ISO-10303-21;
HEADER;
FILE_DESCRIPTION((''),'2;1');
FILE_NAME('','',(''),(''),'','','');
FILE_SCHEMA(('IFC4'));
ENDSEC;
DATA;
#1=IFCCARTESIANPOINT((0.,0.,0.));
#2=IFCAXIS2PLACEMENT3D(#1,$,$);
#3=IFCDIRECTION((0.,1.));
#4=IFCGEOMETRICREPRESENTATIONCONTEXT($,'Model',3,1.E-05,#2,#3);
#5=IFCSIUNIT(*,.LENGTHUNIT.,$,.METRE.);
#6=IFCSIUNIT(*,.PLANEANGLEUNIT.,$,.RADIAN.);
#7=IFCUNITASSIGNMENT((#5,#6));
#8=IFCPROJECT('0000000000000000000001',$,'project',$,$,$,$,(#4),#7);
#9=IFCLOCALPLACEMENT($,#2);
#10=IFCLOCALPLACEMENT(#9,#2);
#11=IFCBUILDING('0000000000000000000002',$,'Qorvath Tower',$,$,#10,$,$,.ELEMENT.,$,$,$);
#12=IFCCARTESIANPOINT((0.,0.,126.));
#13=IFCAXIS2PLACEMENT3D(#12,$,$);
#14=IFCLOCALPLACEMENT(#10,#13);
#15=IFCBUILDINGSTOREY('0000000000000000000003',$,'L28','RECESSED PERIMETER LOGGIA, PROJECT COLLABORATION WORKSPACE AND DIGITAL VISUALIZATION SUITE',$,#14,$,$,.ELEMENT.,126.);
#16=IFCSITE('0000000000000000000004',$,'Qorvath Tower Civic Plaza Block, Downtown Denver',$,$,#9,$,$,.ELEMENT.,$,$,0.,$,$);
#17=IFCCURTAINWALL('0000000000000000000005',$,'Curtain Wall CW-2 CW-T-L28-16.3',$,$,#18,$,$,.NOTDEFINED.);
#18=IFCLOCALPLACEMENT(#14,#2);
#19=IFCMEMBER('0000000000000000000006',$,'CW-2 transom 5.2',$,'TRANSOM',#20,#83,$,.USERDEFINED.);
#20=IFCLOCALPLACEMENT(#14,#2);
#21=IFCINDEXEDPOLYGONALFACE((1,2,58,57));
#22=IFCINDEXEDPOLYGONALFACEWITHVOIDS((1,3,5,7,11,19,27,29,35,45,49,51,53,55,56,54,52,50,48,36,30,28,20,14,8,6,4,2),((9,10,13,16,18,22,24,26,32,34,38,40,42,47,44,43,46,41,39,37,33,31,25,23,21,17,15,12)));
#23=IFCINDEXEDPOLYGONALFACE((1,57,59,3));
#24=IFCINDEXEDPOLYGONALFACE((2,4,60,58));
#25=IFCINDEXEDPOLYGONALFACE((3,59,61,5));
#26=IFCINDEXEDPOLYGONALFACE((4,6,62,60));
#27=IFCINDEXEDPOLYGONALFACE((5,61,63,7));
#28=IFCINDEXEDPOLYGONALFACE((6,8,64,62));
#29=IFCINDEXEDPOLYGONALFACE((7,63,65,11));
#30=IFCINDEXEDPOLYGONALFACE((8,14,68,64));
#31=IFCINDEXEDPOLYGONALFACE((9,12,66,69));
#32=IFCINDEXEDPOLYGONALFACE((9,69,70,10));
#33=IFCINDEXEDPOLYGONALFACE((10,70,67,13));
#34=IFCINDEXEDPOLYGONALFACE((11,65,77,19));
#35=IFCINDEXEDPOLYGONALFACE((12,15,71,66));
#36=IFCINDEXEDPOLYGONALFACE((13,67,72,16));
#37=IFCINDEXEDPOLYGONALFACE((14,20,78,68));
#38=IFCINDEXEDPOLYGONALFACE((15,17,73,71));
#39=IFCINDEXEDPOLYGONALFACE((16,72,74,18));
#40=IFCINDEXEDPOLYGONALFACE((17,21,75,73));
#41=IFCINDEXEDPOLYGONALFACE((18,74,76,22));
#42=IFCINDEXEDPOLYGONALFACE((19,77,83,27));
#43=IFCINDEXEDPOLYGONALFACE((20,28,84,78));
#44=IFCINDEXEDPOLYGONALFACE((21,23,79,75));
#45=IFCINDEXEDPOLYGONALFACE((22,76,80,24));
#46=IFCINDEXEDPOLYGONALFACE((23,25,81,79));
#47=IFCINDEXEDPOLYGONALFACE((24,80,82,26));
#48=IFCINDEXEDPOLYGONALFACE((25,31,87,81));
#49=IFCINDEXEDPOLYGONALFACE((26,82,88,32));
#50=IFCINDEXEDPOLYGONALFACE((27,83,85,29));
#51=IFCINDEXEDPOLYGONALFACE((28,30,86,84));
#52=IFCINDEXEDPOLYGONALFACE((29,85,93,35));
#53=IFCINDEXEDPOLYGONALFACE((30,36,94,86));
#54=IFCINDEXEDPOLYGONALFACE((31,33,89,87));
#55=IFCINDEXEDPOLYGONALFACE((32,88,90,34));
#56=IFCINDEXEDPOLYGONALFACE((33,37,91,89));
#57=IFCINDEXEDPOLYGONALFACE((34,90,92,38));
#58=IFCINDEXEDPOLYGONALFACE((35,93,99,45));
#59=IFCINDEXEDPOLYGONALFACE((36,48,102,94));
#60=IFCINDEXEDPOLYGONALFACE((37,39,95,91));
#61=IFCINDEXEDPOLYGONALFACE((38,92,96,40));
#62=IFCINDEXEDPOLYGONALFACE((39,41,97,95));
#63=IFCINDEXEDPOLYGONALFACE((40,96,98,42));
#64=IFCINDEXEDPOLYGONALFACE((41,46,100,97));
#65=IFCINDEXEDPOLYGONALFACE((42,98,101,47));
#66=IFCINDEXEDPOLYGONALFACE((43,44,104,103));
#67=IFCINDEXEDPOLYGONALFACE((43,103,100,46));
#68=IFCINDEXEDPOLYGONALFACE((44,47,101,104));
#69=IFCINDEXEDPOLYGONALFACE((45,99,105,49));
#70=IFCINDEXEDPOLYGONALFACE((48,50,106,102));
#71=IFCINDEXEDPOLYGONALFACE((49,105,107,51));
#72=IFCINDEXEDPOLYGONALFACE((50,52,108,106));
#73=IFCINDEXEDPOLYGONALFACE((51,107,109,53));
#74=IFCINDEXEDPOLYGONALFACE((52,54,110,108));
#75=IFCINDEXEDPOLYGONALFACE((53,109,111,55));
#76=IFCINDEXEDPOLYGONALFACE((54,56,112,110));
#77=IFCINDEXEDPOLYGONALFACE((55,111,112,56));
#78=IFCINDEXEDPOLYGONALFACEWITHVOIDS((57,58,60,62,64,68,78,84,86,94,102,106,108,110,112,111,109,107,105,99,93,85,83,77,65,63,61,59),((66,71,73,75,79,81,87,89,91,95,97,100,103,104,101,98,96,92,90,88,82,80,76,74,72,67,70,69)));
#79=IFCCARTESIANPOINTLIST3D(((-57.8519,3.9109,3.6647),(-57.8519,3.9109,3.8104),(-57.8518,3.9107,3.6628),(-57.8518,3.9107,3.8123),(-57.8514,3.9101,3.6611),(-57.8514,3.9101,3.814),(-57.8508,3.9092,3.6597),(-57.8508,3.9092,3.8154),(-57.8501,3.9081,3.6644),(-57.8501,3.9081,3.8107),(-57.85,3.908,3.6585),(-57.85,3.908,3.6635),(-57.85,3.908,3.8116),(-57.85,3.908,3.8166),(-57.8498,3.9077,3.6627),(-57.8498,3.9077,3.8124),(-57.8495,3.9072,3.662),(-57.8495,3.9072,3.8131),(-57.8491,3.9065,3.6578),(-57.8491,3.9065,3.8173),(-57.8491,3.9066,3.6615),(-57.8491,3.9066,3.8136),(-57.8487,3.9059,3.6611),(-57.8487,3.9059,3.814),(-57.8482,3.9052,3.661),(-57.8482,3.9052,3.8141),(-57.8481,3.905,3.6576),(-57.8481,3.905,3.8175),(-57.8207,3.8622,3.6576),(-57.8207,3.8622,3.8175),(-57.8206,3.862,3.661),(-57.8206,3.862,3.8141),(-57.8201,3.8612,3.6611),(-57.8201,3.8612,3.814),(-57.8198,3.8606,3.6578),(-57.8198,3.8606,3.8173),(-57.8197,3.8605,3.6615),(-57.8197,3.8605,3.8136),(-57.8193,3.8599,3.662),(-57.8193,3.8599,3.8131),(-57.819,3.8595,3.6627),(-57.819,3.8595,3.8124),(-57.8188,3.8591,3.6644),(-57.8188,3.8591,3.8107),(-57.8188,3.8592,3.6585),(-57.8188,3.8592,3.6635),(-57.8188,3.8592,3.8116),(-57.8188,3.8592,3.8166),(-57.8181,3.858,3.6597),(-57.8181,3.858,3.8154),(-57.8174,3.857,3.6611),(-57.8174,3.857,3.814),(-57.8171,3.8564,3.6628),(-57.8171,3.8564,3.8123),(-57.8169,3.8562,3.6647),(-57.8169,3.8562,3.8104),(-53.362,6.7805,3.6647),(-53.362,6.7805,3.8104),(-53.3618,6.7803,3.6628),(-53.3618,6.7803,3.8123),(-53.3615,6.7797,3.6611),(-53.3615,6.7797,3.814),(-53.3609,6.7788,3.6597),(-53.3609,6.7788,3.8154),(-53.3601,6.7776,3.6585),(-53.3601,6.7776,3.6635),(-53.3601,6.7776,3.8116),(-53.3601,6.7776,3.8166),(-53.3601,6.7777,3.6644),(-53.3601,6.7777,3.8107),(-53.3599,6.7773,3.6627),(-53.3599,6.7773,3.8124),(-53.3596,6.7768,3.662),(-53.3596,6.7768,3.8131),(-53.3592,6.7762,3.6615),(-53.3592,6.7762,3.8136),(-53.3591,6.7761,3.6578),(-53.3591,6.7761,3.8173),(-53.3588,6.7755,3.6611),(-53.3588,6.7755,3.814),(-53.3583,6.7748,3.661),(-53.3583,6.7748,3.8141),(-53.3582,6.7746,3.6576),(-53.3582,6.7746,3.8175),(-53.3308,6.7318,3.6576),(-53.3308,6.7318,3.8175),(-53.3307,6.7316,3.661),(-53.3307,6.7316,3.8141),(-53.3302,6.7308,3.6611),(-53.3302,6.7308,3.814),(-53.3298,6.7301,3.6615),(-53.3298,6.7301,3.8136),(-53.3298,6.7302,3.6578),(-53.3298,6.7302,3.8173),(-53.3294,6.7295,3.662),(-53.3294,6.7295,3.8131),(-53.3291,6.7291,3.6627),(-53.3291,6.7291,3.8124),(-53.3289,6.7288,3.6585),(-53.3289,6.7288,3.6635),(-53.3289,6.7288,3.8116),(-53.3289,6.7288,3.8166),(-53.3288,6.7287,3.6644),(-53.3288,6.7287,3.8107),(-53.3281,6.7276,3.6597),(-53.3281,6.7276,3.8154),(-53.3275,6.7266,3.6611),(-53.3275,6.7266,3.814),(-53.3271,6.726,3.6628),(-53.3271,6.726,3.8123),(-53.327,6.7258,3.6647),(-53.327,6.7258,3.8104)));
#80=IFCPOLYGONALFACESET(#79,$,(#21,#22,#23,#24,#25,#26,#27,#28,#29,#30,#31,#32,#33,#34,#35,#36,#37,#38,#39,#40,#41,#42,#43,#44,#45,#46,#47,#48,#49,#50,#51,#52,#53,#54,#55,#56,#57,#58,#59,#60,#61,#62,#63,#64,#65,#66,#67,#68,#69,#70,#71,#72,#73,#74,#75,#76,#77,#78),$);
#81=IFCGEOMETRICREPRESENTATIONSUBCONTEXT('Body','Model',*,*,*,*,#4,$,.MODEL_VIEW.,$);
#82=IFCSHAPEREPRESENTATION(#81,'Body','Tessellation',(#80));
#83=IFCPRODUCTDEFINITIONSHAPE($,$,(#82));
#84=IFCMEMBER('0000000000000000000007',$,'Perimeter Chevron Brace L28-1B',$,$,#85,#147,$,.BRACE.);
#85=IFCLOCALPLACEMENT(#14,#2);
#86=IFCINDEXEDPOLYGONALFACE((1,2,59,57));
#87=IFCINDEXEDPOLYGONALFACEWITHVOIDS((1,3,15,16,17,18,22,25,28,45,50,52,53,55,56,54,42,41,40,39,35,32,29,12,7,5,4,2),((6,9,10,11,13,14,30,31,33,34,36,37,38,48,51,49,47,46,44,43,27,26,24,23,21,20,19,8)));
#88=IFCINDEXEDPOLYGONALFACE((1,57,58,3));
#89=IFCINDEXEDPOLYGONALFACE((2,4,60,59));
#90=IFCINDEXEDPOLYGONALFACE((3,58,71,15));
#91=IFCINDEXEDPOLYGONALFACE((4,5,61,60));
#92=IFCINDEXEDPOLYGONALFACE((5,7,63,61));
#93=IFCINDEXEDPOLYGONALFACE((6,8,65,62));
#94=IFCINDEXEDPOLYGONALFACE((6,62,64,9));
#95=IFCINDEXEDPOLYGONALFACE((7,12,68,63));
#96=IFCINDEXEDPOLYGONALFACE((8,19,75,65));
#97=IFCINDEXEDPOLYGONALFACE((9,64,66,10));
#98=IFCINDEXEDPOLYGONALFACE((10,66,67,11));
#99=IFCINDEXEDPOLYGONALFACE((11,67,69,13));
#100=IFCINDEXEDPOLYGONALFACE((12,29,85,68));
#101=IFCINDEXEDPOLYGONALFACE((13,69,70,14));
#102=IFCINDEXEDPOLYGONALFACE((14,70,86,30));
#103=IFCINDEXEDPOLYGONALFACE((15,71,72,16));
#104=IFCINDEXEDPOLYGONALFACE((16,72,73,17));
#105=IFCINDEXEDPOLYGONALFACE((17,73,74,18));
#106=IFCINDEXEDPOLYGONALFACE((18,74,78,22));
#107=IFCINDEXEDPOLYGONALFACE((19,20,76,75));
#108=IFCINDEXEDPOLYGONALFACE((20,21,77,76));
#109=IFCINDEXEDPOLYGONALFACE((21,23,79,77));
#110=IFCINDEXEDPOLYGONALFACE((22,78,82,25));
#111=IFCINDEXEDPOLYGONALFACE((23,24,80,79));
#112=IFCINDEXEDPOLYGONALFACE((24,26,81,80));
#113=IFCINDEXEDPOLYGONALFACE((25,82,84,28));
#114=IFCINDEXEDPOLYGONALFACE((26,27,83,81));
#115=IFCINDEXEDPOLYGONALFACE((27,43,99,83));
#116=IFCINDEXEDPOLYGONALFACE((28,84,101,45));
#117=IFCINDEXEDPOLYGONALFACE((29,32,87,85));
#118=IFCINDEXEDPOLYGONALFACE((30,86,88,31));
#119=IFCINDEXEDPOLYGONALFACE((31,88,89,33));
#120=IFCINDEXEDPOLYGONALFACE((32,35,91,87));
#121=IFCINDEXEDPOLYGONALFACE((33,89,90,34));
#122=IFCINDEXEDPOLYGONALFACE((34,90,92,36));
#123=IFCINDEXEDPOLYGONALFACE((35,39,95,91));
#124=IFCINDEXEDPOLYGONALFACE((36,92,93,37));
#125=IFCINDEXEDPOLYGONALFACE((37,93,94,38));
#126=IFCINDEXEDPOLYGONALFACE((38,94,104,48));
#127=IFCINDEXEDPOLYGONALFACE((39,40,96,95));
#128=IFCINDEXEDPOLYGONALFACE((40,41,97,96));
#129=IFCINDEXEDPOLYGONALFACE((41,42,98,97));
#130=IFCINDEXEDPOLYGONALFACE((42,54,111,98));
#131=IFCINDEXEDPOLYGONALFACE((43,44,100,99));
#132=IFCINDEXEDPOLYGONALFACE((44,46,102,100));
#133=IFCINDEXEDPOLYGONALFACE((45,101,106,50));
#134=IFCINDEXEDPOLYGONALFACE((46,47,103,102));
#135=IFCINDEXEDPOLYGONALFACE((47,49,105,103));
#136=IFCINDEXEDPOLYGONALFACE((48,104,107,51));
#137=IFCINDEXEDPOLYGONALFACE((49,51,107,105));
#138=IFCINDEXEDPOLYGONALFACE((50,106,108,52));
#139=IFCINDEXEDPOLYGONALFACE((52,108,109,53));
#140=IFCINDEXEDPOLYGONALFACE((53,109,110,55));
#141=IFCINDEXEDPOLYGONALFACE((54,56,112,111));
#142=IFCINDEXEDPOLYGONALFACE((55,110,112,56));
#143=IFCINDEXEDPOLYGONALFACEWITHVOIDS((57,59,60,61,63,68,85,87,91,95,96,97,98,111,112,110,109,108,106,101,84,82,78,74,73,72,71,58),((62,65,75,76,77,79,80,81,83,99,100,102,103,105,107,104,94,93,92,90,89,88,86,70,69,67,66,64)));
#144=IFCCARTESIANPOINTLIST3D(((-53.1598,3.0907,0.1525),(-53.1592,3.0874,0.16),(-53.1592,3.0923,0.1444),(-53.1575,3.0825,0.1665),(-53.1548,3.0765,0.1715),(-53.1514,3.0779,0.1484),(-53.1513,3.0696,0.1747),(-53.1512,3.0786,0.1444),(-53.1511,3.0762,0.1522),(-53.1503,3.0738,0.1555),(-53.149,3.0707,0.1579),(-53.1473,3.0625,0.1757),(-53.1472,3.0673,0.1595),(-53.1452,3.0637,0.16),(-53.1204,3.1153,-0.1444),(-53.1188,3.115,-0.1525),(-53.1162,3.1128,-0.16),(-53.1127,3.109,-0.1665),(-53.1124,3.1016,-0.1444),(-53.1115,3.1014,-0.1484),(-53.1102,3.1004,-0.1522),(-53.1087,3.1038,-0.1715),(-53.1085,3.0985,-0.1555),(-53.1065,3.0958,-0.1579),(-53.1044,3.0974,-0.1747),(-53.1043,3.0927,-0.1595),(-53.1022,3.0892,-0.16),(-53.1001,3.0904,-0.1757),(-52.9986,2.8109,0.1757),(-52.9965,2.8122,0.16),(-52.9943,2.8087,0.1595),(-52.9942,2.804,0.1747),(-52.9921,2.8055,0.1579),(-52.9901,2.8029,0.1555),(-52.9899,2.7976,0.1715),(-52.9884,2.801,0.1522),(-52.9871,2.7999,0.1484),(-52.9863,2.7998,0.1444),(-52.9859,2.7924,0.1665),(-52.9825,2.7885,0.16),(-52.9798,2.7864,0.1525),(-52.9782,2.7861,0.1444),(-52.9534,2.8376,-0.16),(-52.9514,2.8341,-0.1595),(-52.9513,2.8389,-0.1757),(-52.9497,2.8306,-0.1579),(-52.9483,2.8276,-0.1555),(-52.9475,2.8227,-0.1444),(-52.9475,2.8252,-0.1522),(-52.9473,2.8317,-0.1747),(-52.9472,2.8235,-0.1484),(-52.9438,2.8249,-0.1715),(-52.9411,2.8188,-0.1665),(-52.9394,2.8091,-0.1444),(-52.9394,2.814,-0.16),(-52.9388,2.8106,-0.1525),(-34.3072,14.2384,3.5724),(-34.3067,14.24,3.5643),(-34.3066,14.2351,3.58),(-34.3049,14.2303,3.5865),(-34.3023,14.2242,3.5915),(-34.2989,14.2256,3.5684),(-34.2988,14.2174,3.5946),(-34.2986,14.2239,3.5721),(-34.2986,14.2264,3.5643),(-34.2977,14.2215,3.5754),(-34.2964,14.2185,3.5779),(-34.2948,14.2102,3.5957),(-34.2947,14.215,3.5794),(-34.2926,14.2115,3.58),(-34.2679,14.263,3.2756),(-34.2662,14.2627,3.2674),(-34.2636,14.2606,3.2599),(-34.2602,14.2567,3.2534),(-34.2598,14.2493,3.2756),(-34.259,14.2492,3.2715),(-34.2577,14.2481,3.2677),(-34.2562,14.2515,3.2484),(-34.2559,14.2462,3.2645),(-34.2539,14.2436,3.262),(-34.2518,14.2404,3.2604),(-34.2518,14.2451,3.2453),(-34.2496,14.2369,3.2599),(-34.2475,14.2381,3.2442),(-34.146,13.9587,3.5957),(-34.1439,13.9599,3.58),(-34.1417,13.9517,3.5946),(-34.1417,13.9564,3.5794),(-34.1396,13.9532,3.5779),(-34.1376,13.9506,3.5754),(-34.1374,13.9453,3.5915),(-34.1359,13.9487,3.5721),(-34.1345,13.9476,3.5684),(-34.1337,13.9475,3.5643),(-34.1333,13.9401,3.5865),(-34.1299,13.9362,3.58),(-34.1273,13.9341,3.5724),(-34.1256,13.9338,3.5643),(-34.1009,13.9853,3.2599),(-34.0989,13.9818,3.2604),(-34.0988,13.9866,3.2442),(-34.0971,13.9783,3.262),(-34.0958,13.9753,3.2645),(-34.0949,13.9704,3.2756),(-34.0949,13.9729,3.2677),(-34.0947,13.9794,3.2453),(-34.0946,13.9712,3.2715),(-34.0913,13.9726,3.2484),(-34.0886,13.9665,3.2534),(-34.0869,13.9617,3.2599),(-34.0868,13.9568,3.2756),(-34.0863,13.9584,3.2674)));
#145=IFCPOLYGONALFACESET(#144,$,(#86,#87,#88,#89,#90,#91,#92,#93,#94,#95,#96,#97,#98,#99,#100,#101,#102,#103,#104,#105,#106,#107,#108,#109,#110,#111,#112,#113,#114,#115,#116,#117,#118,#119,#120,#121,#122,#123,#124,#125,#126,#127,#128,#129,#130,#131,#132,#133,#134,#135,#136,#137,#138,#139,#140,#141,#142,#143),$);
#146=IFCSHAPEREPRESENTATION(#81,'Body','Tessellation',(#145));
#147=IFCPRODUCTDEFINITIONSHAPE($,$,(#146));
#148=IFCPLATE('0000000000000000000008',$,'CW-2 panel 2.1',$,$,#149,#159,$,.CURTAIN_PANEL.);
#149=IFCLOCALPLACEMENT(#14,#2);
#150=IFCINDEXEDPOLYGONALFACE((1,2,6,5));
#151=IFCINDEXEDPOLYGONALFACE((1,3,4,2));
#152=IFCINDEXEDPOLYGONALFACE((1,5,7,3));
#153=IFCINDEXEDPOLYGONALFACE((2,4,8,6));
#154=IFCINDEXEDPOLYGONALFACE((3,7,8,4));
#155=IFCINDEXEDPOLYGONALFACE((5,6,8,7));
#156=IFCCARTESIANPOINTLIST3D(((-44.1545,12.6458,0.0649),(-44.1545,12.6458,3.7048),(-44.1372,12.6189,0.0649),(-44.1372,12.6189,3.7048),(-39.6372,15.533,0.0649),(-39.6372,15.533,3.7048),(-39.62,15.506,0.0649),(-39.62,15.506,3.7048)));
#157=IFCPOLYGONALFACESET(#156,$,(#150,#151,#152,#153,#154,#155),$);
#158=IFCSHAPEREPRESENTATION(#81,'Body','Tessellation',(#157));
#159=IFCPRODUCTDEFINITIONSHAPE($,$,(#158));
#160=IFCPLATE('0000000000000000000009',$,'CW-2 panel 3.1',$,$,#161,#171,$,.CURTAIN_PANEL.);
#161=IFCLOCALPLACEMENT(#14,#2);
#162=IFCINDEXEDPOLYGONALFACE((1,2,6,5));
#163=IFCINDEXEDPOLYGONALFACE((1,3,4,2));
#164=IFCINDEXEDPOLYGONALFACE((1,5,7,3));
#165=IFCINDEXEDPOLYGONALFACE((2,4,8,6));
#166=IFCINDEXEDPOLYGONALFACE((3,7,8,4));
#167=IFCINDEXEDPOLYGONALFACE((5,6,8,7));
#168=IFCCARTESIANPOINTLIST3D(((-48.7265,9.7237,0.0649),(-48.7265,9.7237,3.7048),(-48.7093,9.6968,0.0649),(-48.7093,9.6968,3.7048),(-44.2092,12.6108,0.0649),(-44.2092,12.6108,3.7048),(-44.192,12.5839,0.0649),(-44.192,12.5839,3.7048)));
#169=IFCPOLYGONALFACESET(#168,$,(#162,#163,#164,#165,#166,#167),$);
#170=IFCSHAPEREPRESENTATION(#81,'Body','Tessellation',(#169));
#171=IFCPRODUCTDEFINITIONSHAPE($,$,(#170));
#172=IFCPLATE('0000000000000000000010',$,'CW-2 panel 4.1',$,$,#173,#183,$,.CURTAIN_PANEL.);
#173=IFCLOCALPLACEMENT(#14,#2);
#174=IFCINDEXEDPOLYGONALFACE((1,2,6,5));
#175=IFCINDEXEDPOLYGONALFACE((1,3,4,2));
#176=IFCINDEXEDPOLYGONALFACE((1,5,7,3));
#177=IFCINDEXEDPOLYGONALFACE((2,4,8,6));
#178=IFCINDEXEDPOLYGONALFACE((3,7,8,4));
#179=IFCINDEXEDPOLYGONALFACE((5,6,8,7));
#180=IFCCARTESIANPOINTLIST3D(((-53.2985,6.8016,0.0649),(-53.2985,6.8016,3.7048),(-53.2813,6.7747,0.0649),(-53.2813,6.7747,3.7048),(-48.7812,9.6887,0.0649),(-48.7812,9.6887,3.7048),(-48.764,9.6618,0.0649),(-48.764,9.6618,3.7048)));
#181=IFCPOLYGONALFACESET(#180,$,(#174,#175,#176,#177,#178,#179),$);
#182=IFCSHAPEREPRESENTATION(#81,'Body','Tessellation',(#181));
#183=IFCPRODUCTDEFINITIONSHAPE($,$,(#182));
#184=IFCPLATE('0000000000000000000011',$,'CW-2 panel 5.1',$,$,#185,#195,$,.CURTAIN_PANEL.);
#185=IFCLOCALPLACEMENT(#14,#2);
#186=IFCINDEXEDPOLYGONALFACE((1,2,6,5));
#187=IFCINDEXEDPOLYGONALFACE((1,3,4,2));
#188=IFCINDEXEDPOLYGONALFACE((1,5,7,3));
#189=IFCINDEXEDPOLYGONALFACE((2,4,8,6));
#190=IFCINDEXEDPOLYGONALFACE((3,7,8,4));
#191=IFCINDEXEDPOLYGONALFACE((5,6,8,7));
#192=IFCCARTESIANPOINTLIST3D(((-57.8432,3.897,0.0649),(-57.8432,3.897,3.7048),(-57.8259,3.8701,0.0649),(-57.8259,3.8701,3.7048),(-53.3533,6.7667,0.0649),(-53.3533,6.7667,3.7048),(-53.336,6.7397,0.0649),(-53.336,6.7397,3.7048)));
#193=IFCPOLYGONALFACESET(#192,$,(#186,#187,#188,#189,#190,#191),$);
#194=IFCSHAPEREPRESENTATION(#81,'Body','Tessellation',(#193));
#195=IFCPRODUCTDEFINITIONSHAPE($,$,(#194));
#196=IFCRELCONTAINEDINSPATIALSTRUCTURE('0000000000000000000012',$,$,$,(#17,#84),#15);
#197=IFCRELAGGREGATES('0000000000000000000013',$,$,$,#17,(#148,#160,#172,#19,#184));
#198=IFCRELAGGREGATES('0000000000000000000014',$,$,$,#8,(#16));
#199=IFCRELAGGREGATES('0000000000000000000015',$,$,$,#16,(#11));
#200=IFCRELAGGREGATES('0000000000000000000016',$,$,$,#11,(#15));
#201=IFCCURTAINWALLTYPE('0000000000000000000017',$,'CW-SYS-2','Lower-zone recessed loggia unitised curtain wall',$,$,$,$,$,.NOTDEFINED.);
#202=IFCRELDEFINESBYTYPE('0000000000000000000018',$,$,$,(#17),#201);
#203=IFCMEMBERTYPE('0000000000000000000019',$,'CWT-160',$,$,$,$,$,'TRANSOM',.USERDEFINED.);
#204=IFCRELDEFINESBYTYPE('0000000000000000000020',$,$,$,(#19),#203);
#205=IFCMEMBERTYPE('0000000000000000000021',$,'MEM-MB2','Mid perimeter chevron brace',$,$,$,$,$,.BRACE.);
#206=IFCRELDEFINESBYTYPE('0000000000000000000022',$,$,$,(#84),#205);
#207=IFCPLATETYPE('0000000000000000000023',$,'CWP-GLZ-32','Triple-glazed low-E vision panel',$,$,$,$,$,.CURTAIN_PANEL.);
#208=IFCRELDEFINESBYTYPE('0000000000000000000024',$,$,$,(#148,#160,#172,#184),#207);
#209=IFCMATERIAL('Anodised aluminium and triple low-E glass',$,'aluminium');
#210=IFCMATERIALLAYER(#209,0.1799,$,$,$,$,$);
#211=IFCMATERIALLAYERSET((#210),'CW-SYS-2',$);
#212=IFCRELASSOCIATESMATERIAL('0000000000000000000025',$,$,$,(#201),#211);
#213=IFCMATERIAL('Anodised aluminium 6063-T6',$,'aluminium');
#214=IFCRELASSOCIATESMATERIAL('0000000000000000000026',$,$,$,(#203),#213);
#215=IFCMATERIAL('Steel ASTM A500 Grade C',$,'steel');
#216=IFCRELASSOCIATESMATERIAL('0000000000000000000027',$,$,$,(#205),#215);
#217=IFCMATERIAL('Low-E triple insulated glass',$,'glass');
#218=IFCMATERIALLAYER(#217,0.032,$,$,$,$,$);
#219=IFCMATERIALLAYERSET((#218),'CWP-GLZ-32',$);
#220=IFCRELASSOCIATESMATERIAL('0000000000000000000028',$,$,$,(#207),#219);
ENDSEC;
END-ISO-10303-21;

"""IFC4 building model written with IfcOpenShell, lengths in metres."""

from ifc_helpers import new_model, si_unit, direction, frame, origin, origin_2d, place, context, subcontext, project, spatial, rectangle, hollow_rectangle, extrude, material, layer, layer_set, material_profile, profile_set, type_object, element, aggregate, save


model = new_model("IFC4")

# Units and contexts
model_context = context("Model", 3, precision=1e-05, world=origin(), true_north=direction((0.0, 1.0)))
body_context = subcontext(model_context, "Body", "Model", "MODEL_VIEW")
ifc_project = project(units=[si_unit("LENGTHUNIT", "METRE"), si_unit("PLANEANGLEUNIT", "RADIAN")], contexts=[model_context])

# Site, building, storey
site_placement = place(None, origin())
site = spatial("IfcSite", under=ifc_project, at=site_placement, Name="Qorvath Tower Civic Plaza Block, Downtown Denver", CompositionType="ELEMENT", RefElevation=0.0)
building_placement = place(site_placement, origin())
building = spatial("IfcBuilding", under=site, at=building_placement, Name="Qorvath Tower", CompositionType="ELEMENT")
storey_placement = place(building_placement, frame((0.0, 0.0, 126.0)))
storey = spatial("IfcBuildingStorey", under=building, at=storey_placement, Name="L28", Description="RECESSED PERIMETER LOGGIA, PROJECT COLLABORATION WORKSPACE AND DIGITAL VISUALIZATION SUITE", CompositionType="ELEMENT", Elevation=126.0)

# Curtain wall, member
ifc_material_1 = material(Name="Anodised aluminium and triple low-E glass", Category="aluminium")
ifc_layer_1 = layer(ifc_material_1, 0.1799)
ifc_layer_set_1 = layer_set([ifc_layer_1], Name="CW-SYS-2")
curtain_wall_type = type_object("IfcCurtainWallType", Name="CW-SYS-2", Description="Lower-zone recessed loggia unitised curtain wall", PredefinedType="NOTDEFINED", material=ifc_layer_set_1)
curtain_wall_placement = place(storey_placement, origin())
curtain_wall = element("IfcCurtainWall", 1, at=curtain_wall_placement, inside=storey, type_object=curtain_wall_type, Name="Curtain Wall CW-2 CW-T-L28-16.3", PredefinedType="NOTDEFINED")
ifc_material_2 = material(Name="Anodised aluminium 6063-T6", Category="aluminium")
ifc_material_profile_1 = material_profile(ifc_material_2, hollow_rectangle(XDim=0.0649, YDim=0.1599, WallThickness=0.0034, InnerFilletRadius=0.0034, OuterFilletRadius=0.0071, at=origin_2d()), Name="CWT 160x65")
ifc_profile_set_1 = profile_set([ifc_material_profile_1], Name="Anodised aluminium 6063-T6")
member_type_1 = type_object("IfcMemberType", Name="CWT-160", ElementType="TRANSOM", PredefinedType="USERDEFINED", material=ifc_profile_set_1)
member_1_placement = place(storey_placement, frame((-53.3445, 6.7532, 3.7375), z_axis=(-0.842609, -0.538526, 0.0), x_axis=(0.538526, -0.842609, 0.0)))
member_1 = element("IfcMember", 2, at=member_1_placement, type_object=member_type_1, Name="CW-2 transom 5.2", ObjectType="TRANSOM", PredefinedType="USERDEFINED", context=body_context, shape_type="SweptSolid", body=[
    extrude(hollow_rectangle(XDim=0.0649, YDim=0.1599, WallThickness=0.0034, InnerFilletRadius=0.0034, OuterFilletRadius=0.0071, at=origin_2d()), origin(), (0.0, 0.0, 1.0), 5.3286),
])

# Member
ifc_material_3 = material(Name="Steel ASTM A500 Grade C", Category="steel")
ifc_material_profile_2 = material_profile(ifc_material_3, hollow_rectangle(XDim=0.3557, YDim=0.3557, WallThickness=0.0159, InnerFilletRadius=0.0159, OuterFilletRadius=0.0317, at=origin_2d()), Name="HSS 356x356x16")
ifc_profile_set_2 = profile_set([ifc_material_profile_2], Name="Steel ASTM A500 Grade C")
member_type_2 = type_object("IfcMemberType", Name="MEM-MB2", Description="Mid perimeter chevron brace", PredefinedType="BRACE", material=ifc_profile_set_2)
member_2_placement = place(storey_placement, frame((-53.0493, 2.9507, 0.0), z_axis=(0.850469, 0.502892, 0.154278), x_axis=(-0.508985, 0.860775, 0.0)))
element("IfcMember", 3, at=member_2_placement, inside=storey, type_object=member_type_2, Name="Perimeter Chevron Brace L28-1B", PredefinedType="BRACE", context=body_context, shape_type="SweptSolid", body=[
    extrude(hollow_rectangle(XDim=0.3557, YDim=0.3557, WallThickness=0.0159, InnerFilletRadius=0.0159, OuterFilletRadius=0.0317, at=origin_2d()), origin(), (0.0, 0.0, 1.0), 22.1672),
])

# Plates
ifc_material_4 = material(Name="Low-E triple insulated glass", Category="glass")
ifc_layer_2 = layer(ifc_material_4, 0.032)
ifc_layer_set_2 = layer_set([ifc_layer_2], Name="CWP-GLZ-32")
plate_type_1 = type_object("IfcPlateType", Name="CWP-GLZ-32", Description="Triple-glazed low-E vision panel", PredefinedType="CURTAIN_PANEL", material=ifc_layer_set_2)
plate_1_placement = place(storey_placement, frame((-41.8872, 14.0759, 0.0649), z_axis=(0.0, 0.0, 1.0), x_axis=(-0.842604, -0.538534, 0.0)))
plate_1 = element("IfcPlate", 4, at=plate_1_placement, type_object=plate_type_1, Name="CW-2 panel 2.1", PredefinedType="CURTAIN_PANEL", context=body_context, shape_type="SweptSolid", body=[
    extrude(rectangle(XDim=5.3611, YDim=0.032, at=origin_2d()), origin(), (0.0, 0.0, 1.0), 3.6399),
])
plate_2_placement = place(storey_placement, frame((-46.4592, 11.1538, 0.0649), z_axis=(0.0, 0.0, 1.0), x_axis=(-0.842604, -0.538534, 0.0)))
plate_2 = element("IfcPlate", 5, at=plate_2_placement, type_object=plate_type_1, Name="CW-2 panel 3.1", PredefinedType="CURTAIN_PANEL", context=body_context, shape_type="SweptSolid", body=[
    extrude(rectangle(XDim=5.3611, YDim=0.032, at=origin_2d()), origin(), (0.0, 0.0, 1.0), 3.6399),
])
plate_3_placement = place(storey_placement, frame((-51.0312, 8.2317, 0.0649), z_axis=(0.0, 0.0, 1.0), x_axis=(-0.842604, -0.538534, 0.0)))
plate_3 = element("IfcPlate", 6, at=plate_3_placement, type_object=plate_type_1, Name="CW-2 panel 4.1", PredefinedType="CURTAIN_PANEL", context=body_context, shape_type="SweptSolid", body=[
    extrude(rectangle(XDim=5.3611, YDim=0.032, at=origin_2d()), origin(), (0.0, 0.0, 1.0), 3.6399),
])
plate_4_placement = place(storey_placement, frame((-55.5896, 5.3184, 0.0649), z_axis=(0.0, 0.0, 1.0), x_axis=(-0.842604, -0.538534, 0.0)))
plate_4 = element("IfcPlate", 7, at=plate_4_placement, type_object=plate_type_1, Name="CW-2 panel 5.1", PredefinedType="CURTAIN_PANEL", context=body_context, shape_type="SweptSolid", body=[
    extrude(rectangle(XDim=5.3286, YDim=0.032, at=origin_2d()), origin(), (0.0, 0.0, 1.0), 3.6399),
])
aggregate(curtain_wall, [plate_1, plate_2, plate_3, member_1, plate_4])

save(model, "model.ifc")
